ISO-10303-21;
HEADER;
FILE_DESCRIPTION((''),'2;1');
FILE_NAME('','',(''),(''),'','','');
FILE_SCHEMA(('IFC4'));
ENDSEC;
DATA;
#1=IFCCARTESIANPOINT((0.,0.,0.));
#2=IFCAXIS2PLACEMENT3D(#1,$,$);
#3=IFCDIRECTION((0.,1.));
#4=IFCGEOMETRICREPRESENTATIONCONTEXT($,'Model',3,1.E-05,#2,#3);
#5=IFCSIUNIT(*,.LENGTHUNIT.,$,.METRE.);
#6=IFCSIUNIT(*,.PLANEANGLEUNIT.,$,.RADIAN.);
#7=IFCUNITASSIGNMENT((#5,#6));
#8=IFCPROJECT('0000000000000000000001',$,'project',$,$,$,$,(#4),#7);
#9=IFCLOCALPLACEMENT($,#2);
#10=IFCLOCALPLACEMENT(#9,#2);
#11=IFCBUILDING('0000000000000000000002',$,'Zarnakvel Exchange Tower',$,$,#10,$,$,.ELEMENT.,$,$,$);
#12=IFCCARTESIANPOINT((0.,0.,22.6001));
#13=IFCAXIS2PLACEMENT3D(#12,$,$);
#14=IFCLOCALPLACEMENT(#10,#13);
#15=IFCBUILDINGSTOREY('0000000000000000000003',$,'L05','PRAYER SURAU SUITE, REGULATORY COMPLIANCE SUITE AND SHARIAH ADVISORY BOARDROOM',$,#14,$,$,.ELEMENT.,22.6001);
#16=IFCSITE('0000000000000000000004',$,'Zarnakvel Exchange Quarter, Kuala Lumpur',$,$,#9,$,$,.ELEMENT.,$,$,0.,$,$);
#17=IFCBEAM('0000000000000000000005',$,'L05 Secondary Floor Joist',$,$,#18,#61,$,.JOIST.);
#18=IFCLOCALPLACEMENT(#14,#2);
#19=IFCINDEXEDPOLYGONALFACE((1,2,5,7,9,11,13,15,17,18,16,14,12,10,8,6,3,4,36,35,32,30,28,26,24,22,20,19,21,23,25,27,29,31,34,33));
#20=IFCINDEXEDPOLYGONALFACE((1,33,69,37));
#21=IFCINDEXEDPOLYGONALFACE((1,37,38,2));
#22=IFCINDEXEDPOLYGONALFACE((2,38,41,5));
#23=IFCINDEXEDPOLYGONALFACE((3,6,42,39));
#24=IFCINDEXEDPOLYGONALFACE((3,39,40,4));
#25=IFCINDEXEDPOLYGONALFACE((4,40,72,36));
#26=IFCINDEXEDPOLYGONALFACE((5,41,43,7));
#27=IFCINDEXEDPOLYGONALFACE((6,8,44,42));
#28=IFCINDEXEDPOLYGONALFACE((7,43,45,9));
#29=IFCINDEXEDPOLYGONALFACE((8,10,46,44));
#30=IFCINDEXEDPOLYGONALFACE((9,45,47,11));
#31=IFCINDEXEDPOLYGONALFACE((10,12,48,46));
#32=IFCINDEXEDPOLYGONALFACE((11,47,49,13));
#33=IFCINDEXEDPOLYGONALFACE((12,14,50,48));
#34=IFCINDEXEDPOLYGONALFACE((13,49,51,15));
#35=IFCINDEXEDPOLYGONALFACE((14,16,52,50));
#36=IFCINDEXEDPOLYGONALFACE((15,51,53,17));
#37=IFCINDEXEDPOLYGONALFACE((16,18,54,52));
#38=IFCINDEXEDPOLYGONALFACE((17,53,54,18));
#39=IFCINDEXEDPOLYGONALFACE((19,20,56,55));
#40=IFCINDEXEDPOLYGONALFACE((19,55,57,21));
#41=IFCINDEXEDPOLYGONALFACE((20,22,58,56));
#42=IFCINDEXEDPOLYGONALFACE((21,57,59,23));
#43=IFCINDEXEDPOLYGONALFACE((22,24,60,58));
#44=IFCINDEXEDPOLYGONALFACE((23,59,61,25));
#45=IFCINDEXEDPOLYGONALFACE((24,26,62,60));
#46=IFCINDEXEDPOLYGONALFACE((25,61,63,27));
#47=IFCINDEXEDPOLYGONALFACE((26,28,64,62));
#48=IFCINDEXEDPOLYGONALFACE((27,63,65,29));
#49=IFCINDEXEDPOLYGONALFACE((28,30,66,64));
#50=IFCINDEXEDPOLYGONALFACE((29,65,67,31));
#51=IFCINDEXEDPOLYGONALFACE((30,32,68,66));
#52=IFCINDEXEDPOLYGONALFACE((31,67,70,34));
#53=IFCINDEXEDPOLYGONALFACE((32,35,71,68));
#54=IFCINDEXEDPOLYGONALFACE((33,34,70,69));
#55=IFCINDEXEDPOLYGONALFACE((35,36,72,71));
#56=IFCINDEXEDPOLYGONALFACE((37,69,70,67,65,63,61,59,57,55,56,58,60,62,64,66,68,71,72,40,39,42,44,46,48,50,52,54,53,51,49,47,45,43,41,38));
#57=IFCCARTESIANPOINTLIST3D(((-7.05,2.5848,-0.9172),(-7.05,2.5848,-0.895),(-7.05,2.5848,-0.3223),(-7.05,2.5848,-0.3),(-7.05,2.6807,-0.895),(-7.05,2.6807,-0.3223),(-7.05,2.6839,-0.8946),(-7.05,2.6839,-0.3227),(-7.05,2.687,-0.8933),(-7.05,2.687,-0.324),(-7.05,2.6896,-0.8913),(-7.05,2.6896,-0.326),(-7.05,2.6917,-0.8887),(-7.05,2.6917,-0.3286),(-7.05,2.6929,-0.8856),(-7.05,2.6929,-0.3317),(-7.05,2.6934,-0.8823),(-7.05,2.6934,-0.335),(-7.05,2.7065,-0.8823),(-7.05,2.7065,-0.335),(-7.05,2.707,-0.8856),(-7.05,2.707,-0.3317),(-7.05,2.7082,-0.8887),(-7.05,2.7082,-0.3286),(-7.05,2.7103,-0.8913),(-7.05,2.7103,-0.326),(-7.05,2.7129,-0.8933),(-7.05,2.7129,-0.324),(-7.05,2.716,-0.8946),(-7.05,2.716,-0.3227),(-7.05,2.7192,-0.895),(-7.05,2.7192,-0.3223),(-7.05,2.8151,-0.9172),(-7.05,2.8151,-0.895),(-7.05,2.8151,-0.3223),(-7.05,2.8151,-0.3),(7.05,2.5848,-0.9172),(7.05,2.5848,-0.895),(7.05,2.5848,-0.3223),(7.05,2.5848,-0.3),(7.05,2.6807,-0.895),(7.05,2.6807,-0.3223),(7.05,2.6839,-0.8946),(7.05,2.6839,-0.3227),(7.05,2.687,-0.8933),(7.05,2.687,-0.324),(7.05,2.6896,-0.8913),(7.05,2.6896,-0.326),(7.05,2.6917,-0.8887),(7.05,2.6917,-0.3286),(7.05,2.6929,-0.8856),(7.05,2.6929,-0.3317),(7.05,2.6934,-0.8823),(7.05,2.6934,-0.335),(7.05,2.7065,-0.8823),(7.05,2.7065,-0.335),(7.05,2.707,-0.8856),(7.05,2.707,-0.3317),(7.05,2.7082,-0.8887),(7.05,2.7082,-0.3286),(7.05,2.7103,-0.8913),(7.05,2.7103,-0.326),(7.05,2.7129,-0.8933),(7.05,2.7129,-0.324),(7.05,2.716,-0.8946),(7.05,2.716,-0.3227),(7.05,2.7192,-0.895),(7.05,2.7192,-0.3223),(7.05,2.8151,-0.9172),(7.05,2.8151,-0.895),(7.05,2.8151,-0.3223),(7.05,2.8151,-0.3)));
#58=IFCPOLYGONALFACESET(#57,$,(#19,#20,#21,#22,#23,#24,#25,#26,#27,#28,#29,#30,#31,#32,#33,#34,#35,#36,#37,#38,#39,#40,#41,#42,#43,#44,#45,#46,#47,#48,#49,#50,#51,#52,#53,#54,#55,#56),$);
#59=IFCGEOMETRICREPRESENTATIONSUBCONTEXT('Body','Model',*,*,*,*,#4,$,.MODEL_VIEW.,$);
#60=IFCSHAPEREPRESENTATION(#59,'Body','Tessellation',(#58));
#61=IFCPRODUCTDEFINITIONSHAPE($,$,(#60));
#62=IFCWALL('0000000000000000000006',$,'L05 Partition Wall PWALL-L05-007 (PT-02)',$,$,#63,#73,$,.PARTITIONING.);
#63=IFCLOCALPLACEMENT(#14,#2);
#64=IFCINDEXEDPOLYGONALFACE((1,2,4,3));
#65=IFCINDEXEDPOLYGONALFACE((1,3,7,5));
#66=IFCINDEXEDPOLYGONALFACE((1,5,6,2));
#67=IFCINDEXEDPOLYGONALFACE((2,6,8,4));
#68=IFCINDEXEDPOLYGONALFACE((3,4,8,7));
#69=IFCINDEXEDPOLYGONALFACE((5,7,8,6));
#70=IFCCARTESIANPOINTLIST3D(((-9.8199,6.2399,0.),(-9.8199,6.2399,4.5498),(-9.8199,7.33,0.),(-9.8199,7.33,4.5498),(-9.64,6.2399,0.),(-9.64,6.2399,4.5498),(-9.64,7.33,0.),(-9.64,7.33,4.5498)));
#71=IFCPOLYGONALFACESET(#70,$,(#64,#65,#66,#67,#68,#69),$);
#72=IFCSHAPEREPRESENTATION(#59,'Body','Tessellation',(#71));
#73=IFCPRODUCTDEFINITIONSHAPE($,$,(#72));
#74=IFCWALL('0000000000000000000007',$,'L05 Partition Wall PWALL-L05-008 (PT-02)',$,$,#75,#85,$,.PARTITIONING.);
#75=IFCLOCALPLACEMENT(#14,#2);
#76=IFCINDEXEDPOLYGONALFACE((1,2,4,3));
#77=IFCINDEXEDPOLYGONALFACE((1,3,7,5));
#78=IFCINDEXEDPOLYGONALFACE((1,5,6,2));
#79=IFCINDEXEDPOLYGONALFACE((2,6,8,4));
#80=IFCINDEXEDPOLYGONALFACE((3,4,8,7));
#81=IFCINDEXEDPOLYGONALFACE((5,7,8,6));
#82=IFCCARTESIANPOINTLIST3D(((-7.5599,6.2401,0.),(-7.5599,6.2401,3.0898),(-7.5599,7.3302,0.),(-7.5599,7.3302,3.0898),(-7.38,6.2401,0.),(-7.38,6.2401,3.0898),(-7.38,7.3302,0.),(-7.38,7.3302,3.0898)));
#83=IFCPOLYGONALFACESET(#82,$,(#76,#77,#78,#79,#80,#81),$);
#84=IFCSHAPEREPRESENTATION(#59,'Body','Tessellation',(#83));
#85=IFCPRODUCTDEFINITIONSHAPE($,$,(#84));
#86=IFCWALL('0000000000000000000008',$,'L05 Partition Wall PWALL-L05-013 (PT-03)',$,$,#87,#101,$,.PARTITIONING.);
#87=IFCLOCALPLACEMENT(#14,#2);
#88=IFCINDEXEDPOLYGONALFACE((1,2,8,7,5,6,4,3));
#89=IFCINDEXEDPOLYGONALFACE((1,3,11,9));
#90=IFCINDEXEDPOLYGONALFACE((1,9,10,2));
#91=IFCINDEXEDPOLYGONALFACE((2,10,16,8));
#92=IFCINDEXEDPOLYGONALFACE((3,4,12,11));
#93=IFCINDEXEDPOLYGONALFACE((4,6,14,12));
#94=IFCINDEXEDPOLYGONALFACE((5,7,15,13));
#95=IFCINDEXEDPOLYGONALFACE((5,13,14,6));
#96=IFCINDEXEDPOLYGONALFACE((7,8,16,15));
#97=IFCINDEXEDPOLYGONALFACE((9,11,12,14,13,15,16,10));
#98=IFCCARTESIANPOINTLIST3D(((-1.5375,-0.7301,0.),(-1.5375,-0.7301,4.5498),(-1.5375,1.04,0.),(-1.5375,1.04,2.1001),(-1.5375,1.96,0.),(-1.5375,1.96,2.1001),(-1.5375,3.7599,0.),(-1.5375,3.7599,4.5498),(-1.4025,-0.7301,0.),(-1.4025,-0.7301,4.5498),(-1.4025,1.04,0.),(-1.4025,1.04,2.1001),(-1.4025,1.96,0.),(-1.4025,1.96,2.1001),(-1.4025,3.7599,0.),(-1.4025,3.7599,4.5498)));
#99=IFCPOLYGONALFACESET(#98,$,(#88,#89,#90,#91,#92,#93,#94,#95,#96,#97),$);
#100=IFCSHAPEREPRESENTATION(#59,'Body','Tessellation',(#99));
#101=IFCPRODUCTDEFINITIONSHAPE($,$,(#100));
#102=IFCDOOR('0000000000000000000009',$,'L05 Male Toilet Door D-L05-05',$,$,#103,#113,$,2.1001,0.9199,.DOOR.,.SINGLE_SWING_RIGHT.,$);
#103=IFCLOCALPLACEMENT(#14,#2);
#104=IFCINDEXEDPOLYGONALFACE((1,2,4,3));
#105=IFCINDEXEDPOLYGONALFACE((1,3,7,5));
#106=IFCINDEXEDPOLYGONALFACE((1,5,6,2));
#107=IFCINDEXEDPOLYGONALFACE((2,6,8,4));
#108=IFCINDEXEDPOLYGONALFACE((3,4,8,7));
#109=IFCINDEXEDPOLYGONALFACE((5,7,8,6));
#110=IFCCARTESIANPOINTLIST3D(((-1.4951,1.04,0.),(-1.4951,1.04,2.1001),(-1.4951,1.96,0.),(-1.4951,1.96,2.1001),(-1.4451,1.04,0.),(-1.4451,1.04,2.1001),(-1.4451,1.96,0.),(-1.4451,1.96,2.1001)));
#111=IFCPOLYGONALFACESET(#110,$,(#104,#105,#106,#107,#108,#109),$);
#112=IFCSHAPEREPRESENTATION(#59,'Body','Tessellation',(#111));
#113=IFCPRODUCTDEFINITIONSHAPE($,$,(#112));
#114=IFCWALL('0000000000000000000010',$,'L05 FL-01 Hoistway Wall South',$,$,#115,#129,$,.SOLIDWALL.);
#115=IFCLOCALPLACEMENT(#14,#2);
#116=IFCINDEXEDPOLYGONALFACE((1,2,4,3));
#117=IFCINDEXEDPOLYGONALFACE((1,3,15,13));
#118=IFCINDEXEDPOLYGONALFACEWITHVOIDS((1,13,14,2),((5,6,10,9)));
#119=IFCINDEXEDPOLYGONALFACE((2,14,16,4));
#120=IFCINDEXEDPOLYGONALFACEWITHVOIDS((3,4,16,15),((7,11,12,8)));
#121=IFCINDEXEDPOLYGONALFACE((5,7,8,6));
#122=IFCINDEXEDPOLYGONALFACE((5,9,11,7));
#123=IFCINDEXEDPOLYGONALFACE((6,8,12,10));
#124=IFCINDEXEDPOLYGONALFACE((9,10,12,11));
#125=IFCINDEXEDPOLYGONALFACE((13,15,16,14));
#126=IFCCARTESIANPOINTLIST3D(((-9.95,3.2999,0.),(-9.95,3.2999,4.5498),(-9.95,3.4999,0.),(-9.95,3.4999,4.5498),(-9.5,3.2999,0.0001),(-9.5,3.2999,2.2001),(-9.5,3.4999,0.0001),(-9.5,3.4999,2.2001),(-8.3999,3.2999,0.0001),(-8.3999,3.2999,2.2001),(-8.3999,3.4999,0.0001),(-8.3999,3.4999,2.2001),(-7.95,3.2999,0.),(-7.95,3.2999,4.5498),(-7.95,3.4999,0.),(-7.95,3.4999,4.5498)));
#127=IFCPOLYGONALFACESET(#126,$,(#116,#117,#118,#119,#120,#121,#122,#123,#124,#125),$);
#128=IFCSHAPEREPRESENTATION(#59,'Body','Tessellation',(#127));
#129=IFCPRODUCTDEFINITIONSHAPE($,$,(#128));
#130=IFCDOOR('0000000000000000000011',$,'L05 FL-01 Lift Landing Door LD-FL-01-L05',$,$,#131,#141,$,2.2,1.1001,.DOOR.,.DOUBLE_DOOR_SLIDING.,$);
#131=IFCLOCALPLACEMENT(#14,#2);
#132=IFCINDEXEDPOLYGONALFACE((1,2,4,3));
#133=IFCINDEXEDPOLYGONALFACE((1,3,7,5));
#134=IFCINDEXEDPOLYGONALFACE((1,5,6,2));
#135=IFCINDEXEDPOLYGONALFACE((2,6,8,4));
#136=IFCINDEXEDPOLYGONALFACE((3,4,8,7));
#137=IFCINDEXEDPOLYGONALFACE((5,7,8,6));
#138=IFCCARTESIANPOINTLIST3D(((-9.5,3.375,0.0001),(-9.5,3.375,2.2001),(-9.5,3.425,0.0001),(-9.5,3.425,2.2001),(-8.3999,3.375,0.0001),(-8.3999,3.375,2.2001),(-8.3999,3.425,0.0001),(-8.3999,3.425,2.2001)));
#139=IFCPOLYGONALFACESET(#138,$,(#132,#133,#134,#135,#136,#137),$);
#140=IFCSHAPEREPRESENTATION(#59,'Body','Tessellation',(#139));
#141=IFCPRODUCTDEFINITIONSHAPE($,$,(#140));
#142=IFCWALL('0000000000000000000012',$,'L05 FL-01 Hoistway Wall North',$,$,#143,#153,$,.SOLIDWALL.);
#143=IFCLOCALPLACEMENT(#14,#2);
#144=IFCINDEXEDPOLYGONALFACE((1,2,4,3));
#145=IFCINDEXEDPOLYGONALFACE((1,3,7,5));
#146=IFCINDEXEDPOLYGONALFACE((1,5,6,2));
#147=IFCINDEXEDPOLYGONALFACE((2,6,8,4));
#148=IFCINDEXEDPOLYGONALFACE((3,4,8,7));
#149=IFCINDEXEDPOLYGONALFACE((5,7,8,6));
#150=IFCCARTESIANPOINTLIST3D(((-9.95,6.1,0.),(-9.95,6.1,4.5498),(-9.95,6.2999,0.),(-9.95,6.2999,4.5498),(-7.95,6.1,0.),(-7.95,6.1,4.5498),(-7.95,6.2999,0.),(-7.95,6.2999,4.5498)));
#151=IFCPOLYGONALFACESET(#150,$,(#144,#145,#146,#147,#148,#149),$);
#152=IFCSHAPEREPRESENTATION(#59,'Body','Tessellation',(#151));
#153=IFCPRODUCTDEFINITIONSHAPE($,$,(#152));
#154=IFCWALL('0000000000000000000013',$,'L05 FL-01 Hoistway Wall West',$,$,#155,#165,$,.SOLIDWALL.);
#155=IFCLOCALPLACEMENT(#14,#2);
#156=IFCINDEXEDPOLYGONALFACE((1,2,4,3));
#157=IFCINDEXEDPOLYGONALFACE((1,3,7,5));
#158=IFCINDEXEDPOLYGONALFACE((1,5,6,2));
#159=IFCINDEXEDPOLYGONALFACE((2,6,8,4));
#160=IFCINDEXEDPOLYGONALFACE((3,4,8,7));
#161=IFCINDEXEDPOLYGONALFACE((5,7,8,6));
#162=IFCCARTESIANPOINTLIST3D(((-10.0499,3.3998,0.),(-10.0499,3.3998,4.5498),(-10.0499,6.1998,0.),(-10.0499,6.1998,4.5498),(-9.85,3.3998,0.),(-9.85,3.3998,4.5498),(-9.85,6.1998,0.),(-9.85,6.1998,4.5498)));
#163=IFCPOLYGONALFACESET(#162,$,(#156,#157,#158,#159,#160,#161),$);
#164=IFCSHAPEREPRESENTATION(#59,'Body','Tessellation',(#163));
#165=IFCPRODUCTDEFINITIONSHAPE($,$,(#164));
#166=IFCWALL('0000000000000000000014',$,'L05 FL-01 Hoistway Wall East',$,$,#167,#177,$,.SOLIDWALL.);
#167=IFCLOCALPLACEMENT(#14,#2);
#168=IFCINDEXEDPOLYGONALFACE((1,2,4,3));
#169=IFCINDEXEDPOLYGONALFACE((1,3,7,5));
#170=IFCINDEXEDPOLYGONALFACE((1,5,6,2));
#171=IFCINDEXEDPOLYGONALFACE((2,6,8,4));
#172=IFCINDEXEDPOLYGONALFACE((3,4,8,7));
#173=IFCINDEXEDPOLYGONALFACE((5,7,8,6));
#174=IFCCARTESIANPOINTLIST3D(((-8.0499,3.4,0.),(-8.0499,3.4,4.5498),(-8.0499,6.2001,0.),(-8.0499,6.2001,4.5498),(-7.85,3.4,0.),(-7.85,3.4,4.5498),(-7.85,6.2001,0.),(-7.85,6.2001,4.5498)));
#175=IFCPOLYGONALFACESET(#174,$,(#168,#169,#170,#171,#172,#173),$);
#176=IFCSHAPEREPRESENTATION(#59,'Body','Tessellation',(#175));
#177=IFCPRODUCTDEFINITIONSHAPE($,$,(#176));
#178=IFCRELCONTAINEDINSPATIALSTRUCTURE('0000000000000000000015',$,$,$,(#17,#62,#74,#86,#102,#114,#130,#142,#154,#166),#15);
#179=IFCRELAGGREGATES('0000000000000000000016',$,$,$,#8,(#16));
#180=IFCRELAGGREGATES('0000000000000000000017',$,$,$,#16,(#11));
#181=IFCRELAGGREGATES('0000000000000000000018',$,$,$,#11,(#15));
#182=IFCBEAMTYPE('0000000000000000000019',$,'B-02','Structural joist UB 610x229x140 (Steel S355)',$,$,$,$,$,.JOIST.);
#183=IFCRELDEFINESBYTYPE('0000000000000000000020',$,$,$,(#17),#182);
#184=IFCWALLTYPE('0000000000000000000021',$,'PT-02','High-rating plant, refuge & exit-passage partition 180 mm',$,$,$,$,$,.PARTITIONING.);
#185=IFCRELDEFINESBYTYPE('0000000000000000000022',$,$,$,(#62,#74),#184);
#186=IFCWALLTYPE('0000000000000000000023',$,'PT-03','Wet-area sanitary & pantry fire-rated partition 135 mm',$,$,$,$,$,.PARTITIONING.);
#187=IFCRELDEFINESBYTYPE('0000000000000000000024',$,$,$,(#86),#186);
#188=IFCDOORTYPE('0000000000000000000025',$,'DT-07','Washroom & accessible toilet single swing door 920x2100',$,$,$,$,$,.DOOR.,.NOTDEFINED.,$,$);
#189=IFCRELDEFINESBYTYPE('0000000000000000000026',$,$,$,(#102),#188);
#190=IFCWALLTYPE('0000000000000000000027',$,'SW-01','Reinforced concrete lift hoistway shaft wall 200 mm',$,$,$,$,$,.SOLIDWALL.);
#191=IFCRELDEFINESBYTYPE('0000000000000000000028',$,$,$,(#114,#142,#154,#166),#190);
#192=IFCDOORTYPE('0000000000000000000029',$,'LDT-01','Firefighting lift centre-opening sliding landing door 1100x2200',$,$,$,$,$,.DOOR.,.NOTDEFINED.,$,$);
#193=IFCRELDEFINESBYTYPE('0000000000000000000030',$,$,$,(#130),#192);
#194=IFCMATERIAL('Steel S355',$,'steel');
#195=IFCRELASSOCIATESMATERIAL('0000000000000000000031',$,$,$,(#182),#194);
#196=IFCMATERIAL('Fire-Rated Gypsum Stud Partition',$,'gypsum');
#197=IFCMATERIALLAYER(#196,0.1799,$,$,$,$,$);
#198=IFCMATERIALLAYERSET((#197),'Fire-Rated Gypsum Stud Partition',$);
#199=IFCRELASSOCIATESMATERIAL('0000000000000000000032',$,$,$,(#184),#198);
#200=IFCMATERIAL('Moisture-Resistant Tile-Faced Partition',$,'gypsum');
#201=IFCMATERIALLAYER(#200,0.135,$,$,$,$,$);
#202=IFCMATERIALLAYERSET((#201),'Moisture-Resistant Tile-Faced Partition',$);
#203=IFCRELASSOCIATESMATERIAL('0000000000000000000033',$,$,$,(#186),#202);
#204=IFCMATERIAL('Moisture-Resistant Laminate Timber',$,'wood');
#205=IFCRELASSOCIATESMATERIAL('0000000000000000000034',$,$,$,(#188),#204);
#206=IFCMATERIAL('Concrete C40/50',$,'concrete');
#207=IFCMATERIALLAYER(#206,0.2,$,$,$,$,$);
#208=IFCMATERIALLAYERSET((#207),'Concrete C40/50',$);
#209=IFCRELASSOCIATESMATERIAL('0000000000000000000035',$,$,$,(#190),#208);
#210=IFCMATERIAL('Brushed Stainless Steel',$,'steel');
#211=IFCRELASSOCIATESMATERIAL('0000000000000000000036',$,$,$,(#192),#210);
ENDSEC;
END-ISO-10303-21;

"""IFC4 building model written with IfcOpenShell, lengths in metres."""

from ifc_helpers import new_model, si_unit, direction, frame, frame_2d, origin, origin_2d, place, context, subcontext, project, spatial, rectangle, i_section, extrude, source, transform, mapped, material, layer, layer_set, material_profile, profile_set, type_object, element, fill, save


model = new_model("IFC4")

# Units and contexts
model_context = context("Model", 3, precision=1e-05, world=origin(), true_north=direction((0.0, 1.0)))
body_context = subcontext(model_context, "Body", "Model", "MODEL_VIEW")
ifc_project = project(units=[si_unit("LENGTHUNIT", "METRE"), si_unit("PLANEANGLEUNIT", "RADIAN")], contexts=[model_context])

# Site, building, storey
site_placement = place(None, origin())
site = spatial("IfcSite", under=ifc_project, at=site_placement, Name="Zarnakvel Exchange Quarter, Kuala Lumpur", CompositionType="ELEMENT", RefElevation=0.0)
building_placement = place(site_placement, origin())
building = spatial("IfcBuilding", under=site, at=building_placement, Name="Zarnakvel Exchange Tower", CompositionType="ELEMENT")
storey_placement = place(building_placement, frame((0.0, 0.0, 22.6001)))
storey = spatial("IfcBuildingStorey", under=building, at=storey_placement, Name="L05", Description="PRAYER SURAU SUITE, REGULATORY COMPLIANCE SUITE AND SHARIAH ADVISORY BOARDROOM", CompositionType="ELEMENT", Elevation=22.6001)

# Beam
ifc_material_1 = material(Name="Steel S355", Category="steel")
ifc_material_profile = material_profile(ifc_material_1, i_section(OverallWidth=0.2302, OverallDepth=0.6172, WebThickness=0.0132, FlangeThickness=0.0222, FilletRadius=0.0127, at=origin_2d()))
ifc_profile_set = profile_set([ifc_material_profile], Name="Steel S355")
beam_type = type_object("IfcBeamType", Name="B-02", Description="Structural joist UB 610x229x140 (Steel S355)", PredefinedType="JOIST", material=ifc_profile_set)
beam_placement = place(storey_placement, frame((-7.05, 2.7, -0.6086), z_axis=(1.0, 0.0, 0.0), x_axis=(0.0, 1.0, 0.0)))
element("IfcBeam", 1, at=beam_placement, inside=storey, type_object=beam_type, Name="L05 Secondary Floor Joist", PredefinedType="JOIST", context=body_context, shape_type="SweptSolid", body=[
    extrude(i_section(OverallWidth=0.2302, OverallDepth=0.6172, WebThickness=0.0132, FlangeThickness=0.0222, FilletRadius=0.0127, at=origin_2d()), origin(), (0.0, 0.0, 1.0), 14.1001),
])

# Walls
ifc_material_2 = material(Name="Fire-Rated Gypsum Stud Partition", Category="gypsum")
ifc_layer_1 = layer(ifc_material_2, 0.1799)
ifc_layer_set_1 = layer_set([ifc_layer_1], Name="Fire-Rated Gypsum Stud Partition")
wall_type_1 = type_object("IfcWallType", Name="PT-02", Description="High-rating plant, refuge & exit-passage partition 180 mm", PredefinedType="PARTITIONING", material=ifc_layer_set_1)
wall_1_placement = place(storey_placement, frame((-9.73, 6.24, 0.0), z_axis=(0.0, 0.0, 1.0), x_axis=(0.0, 1.0, 0.0)))
element("IfcWall", 2, at=wall_1_placement, inside=storey, type_object=wall_type_1, Name="L05 Partition Wall PWALL-L05-007 (PT-02)", PredefinedType="PARTITIONING", context=body_context, shape_type="SweptSolid", body=[
    extrude(rectangle(XDim=1.0901, YDim=0.1799, at=frame_2d((0.5449, 0.0))), origin(), (0.0, 0.0, 1.0), 4.5498),
])
wall_2_placement = place(storey_placement, frame((-7.47, 7.3301, 0.0), z_axis=(0.0, 0.0, 1.0), x_axis=(0.0, -1.0, 0.0)))
element("IfcWall", 3, at=wall_2_placement, inside=storey, type_object=wall_type_1, Name="L05 Partition Wall PWALL-L05-008 (PT-02)", PredefinedType="PARTITIONING", context=body_context, shape_type="SweptSolid", body=[
    extrude(rectangle(XDim=1.0901, YDim=0.1799, at=frame_2d((0.5449, 0.0))), origin(), (0.0, 0.0, 1.0), 3.0898),
])

# Walls, openings, doors
ifc_material_3 = material(Name="Moisture-Resistant Tile-Faced Partition", Category="gypsum")
ifc_layer_2 = layer(ifc_material_3, 0.135)
ifc_layer_set_2 = layer_set([ifc_layer_2], Name="Moisture-Resistant Tile-Faced Partition")
wall_type_2 = type_object("IfcWallType", Name="PT-03", Description="Wet-area sanitary & pantry fire-rated partition 135 mm", PredefinedType="PARTITIONING", material=ifc_layer_set_2)
wall_3_placement = place(storey_placement, frame((-1.47, 3.76, 0.0), z_axis=(0.0, 0.0, 1.0), x_axis=(0.0, -1.0, 0.0)))
wall_3 = element("IfcWall", 4, at=wall_3_placement, inside=storey, type_object=wall_type_2, Name="L05 Partition Wall PWALL-L05-013 (PT-03)", PredefinedType="PARTITIONING", context=body_context, shape_type="SweptSolid", body=[
    extrude(rectangle(XDim=4.49, YDim=0.135, at=frame_2d((2.2451, 0.0))), origin(), (0.0, 0.0, 1.0), 4.5498),
])
opening_1_placement = place(wall_3_placement, frame((1.8, 0.0, 0.0)))
opening_1 = element("IfcOpeningElement", 5, at=opening_1_placement, cuts=wall_3, PredefinedType="OPENING", context=body_context, shape_type="SweptSolid", body=[
    extrude(rectangle(XDim=0.9199, YDim=2.1001, at=frame_2d((0.46, 1.05))), frame((0.0, 0.0774, 0.0), z_axis=(0.0, -1.0, 0.0), x_axis=(1.0, 0.0, 0.0)), (0.0, 0.0, 1.0), 0.155),
])
ifc_material_4 = material(Name="Moisture-Resistant Laminate Timber", Category="wood")
door_type_1 = type_object("IfcDoorType", Name="DT-07", Description="Washroom & accessible toilet single swing door 920x2100", OperationType="NOTDEFINED", PredefinedType="DOOR", material=ifc_material_4)
shared_shape_1 = source(origin(), body_context, "Body", "SweptSolid", [
    extrude(rectangle(XDim=0.9199, YDim=2.1001, at=frame_2d((0.46, 1.05))), frame((0.0, 0.0249, 0.0), z_axis=(0.0, -1.0, 0.0), x_axis=(1.0, 0.0, 0.0)), (0.0, 0.0, 1.0), 0.05),
])
door_1_placement = place(opening_1_placement, origin())
door_1 = element("IfcDoor", 6, at=door_1_placement, inside=storey, type_object=door_type_1, Name="L05 Male Toilet Door D-L05-05", OperationType="SINGLE_SWING_RIGHT", OverallHeight=2.1001, OverallWidth=0.9199, PredefinedType="DOOR", context=body_context, shape_type="MappedRepresentation", body=[
    mapped(shared_shape_1, transform((0.0, 0.0, 0.0), x_axis=(1.0, 0.0, 0.0), y_axis=(0.0, 1.0, 0.0), z_axis=(0.0, 0.0, 1.0), scale=1.0)),
])
fill(opening_1, door_1)
ifc_material_5 = material(Name="Concrete C40/50", Category="concrete")
ifc_layer_3 = layer(ifc_material_5, 0.2)
ifc_layer_set_3 = layer_set([ifc_layer_3], Name="Concrete C40/50")
wall_type_3 = type_object("IfcWallType", Name="SW-01", Description="Reinforced concrete lift hoistway shaft wall 200 mm", PredefinedType="SOLIDWALL", material=ifc_layer_set_3)
wall_4_placement = place(storey_placement, frame((-7.95, 3.3999, 0.0), z_axis=(0.0, 0.0, 1.0), x_axis=(-1.0, 0.0, 0.0)))
wall_4 = element("IfcWall", 7, at=wall_4_placement, inside=storey, type_object=wall_type_3, Name="L05 FL-01 Hoistway Wall South", PredefinedType="SOLIDWALL", context=body_context, shape_type="SweptSolid", body=[
    extrude(rectangle(XDim=2.0, YDim=0.2, at=frame_2d((1.0, 0.0))), origin(), (0.0, 0.0, 1.0), 4.5498),
])
opening_2_placement = place(wall_4_placement, frame((0.45, 0.0, 0.0)))
opening_2 = element("IfcOpeningElement", 8, at=opening_2_placement, cuts=wall_4, PredefinedType="OPENING", context=body_context, shape_type="SweptSolid", body=[
    extrude(rectangle(XDim=1.1001, YDim=2.2, at=frame_2d((0.55, 1.1001))), frame((0.0, 0.1099, 0.0), z_axis=(0.0, -1.0, 0.0), x_axis=(1.0, 0.0, 0.0)), (0.0, 0.0, 1.0), 0.22),
])
ifc_material_6 = material(Name="Brushed Stainless Steel", Category="steel")
door_type_2 = type_object("IfcDoorType", Name="LDT-01", Description="Firefighting lift centre-opening sliding landing door 1100x2200", OperationType="NOTDEFINED", PredefinedType="DOOR", material=ifc_material_6)
shared_shape_2 = source(origin(), body_context, "Body", "SweptSolid", [
    extrude(rectangle(XDim=1.1001, YDim=2.2, at=frame_2d((0.55, 1.1001))), frame((0.0, 0.0249, 0.0), z_axis=(0.0, -1.0, 0.0), x_axis=(1.0, 0.0, 0.0)), (0.0, 0.0, 1.0), 0.05),
])
door_2_placement = place(opening_2_placement, origin())
door_2 = element("IfcDoor", 9, at=door_2_placement, inside=storey, type_object=door_type_2, Name="L05 FL-01 Lift Landing Door LD-FL-01-L05", OperationType="DOUBLE_DOOR_SLIDING", OverallHeight=2.2, OverallWidth=1.1001, PredefinedType="DOOR", context=body_context, shape_type="MappedRepresentation", body=[
    mapped(shared_shape_2, transform((0.0, 0.0, 0.0), x_axis=(1.0, 0.0, 0.0), y_axis=(0.0, 1.0, 0.0), z_axis=(0.0, 0.0, 1.0), scale=1.0)),
])
fill(opening_2, door_2)

# Walls
wall_5_placement = place(storey_placement, frame((-9.95, 6.2, 0.0), z_axis=(0.0, 0.0, 1.0), x_axis=(1.0, 0.0, 0.0)))
element("IfcWall", 10, at=wall_5_placement, inside=storey, type_object=wall_type_3, Name="L05 FL-01 Hoistway Wall North", PredefinedType="SOLIDWALL", context=body_context, shape_type="SweptSolid", body=[
    extrude(rectangle(XDim=2.0, YDim=0.2, at=frame_2d((1.0, 0.0))), origin(), (0.0, 0.0, 1.0), 4.5498),
])
for number, where, z_axis, x_axis, name in (
    (11, (-9.95, 3.3999, 0.0), (0.0, 0.0, 1.0), (0.0, 1.0, 0.0), "L05 FL-01 Hoistway Wall West"),
    (12, (-7.95, 6.2, 0.0), (0.0, 0.0, 1.0), (0.0, -1.0, 0.0), "L05 FL-01 Hoistway Wall East"),
):
    element("IfcWall", number, at=place(storey_placement, frame(where, z_axis=z_axis, x_axis=x_axis)), inside=storey, type_object=wall_type_3, Name=name, PredefinedType="SOLIDWALL", context=body_context, shape_type="SweptSolid", body=[
        extrude(rectangle(XDim=2.8, YDim=0.2, at=frame_2d((1.3999, 0.0))), origin(), (0.0, 0.0, 1.0), 4.5498),
    ])

save(model, "model.ifc")
